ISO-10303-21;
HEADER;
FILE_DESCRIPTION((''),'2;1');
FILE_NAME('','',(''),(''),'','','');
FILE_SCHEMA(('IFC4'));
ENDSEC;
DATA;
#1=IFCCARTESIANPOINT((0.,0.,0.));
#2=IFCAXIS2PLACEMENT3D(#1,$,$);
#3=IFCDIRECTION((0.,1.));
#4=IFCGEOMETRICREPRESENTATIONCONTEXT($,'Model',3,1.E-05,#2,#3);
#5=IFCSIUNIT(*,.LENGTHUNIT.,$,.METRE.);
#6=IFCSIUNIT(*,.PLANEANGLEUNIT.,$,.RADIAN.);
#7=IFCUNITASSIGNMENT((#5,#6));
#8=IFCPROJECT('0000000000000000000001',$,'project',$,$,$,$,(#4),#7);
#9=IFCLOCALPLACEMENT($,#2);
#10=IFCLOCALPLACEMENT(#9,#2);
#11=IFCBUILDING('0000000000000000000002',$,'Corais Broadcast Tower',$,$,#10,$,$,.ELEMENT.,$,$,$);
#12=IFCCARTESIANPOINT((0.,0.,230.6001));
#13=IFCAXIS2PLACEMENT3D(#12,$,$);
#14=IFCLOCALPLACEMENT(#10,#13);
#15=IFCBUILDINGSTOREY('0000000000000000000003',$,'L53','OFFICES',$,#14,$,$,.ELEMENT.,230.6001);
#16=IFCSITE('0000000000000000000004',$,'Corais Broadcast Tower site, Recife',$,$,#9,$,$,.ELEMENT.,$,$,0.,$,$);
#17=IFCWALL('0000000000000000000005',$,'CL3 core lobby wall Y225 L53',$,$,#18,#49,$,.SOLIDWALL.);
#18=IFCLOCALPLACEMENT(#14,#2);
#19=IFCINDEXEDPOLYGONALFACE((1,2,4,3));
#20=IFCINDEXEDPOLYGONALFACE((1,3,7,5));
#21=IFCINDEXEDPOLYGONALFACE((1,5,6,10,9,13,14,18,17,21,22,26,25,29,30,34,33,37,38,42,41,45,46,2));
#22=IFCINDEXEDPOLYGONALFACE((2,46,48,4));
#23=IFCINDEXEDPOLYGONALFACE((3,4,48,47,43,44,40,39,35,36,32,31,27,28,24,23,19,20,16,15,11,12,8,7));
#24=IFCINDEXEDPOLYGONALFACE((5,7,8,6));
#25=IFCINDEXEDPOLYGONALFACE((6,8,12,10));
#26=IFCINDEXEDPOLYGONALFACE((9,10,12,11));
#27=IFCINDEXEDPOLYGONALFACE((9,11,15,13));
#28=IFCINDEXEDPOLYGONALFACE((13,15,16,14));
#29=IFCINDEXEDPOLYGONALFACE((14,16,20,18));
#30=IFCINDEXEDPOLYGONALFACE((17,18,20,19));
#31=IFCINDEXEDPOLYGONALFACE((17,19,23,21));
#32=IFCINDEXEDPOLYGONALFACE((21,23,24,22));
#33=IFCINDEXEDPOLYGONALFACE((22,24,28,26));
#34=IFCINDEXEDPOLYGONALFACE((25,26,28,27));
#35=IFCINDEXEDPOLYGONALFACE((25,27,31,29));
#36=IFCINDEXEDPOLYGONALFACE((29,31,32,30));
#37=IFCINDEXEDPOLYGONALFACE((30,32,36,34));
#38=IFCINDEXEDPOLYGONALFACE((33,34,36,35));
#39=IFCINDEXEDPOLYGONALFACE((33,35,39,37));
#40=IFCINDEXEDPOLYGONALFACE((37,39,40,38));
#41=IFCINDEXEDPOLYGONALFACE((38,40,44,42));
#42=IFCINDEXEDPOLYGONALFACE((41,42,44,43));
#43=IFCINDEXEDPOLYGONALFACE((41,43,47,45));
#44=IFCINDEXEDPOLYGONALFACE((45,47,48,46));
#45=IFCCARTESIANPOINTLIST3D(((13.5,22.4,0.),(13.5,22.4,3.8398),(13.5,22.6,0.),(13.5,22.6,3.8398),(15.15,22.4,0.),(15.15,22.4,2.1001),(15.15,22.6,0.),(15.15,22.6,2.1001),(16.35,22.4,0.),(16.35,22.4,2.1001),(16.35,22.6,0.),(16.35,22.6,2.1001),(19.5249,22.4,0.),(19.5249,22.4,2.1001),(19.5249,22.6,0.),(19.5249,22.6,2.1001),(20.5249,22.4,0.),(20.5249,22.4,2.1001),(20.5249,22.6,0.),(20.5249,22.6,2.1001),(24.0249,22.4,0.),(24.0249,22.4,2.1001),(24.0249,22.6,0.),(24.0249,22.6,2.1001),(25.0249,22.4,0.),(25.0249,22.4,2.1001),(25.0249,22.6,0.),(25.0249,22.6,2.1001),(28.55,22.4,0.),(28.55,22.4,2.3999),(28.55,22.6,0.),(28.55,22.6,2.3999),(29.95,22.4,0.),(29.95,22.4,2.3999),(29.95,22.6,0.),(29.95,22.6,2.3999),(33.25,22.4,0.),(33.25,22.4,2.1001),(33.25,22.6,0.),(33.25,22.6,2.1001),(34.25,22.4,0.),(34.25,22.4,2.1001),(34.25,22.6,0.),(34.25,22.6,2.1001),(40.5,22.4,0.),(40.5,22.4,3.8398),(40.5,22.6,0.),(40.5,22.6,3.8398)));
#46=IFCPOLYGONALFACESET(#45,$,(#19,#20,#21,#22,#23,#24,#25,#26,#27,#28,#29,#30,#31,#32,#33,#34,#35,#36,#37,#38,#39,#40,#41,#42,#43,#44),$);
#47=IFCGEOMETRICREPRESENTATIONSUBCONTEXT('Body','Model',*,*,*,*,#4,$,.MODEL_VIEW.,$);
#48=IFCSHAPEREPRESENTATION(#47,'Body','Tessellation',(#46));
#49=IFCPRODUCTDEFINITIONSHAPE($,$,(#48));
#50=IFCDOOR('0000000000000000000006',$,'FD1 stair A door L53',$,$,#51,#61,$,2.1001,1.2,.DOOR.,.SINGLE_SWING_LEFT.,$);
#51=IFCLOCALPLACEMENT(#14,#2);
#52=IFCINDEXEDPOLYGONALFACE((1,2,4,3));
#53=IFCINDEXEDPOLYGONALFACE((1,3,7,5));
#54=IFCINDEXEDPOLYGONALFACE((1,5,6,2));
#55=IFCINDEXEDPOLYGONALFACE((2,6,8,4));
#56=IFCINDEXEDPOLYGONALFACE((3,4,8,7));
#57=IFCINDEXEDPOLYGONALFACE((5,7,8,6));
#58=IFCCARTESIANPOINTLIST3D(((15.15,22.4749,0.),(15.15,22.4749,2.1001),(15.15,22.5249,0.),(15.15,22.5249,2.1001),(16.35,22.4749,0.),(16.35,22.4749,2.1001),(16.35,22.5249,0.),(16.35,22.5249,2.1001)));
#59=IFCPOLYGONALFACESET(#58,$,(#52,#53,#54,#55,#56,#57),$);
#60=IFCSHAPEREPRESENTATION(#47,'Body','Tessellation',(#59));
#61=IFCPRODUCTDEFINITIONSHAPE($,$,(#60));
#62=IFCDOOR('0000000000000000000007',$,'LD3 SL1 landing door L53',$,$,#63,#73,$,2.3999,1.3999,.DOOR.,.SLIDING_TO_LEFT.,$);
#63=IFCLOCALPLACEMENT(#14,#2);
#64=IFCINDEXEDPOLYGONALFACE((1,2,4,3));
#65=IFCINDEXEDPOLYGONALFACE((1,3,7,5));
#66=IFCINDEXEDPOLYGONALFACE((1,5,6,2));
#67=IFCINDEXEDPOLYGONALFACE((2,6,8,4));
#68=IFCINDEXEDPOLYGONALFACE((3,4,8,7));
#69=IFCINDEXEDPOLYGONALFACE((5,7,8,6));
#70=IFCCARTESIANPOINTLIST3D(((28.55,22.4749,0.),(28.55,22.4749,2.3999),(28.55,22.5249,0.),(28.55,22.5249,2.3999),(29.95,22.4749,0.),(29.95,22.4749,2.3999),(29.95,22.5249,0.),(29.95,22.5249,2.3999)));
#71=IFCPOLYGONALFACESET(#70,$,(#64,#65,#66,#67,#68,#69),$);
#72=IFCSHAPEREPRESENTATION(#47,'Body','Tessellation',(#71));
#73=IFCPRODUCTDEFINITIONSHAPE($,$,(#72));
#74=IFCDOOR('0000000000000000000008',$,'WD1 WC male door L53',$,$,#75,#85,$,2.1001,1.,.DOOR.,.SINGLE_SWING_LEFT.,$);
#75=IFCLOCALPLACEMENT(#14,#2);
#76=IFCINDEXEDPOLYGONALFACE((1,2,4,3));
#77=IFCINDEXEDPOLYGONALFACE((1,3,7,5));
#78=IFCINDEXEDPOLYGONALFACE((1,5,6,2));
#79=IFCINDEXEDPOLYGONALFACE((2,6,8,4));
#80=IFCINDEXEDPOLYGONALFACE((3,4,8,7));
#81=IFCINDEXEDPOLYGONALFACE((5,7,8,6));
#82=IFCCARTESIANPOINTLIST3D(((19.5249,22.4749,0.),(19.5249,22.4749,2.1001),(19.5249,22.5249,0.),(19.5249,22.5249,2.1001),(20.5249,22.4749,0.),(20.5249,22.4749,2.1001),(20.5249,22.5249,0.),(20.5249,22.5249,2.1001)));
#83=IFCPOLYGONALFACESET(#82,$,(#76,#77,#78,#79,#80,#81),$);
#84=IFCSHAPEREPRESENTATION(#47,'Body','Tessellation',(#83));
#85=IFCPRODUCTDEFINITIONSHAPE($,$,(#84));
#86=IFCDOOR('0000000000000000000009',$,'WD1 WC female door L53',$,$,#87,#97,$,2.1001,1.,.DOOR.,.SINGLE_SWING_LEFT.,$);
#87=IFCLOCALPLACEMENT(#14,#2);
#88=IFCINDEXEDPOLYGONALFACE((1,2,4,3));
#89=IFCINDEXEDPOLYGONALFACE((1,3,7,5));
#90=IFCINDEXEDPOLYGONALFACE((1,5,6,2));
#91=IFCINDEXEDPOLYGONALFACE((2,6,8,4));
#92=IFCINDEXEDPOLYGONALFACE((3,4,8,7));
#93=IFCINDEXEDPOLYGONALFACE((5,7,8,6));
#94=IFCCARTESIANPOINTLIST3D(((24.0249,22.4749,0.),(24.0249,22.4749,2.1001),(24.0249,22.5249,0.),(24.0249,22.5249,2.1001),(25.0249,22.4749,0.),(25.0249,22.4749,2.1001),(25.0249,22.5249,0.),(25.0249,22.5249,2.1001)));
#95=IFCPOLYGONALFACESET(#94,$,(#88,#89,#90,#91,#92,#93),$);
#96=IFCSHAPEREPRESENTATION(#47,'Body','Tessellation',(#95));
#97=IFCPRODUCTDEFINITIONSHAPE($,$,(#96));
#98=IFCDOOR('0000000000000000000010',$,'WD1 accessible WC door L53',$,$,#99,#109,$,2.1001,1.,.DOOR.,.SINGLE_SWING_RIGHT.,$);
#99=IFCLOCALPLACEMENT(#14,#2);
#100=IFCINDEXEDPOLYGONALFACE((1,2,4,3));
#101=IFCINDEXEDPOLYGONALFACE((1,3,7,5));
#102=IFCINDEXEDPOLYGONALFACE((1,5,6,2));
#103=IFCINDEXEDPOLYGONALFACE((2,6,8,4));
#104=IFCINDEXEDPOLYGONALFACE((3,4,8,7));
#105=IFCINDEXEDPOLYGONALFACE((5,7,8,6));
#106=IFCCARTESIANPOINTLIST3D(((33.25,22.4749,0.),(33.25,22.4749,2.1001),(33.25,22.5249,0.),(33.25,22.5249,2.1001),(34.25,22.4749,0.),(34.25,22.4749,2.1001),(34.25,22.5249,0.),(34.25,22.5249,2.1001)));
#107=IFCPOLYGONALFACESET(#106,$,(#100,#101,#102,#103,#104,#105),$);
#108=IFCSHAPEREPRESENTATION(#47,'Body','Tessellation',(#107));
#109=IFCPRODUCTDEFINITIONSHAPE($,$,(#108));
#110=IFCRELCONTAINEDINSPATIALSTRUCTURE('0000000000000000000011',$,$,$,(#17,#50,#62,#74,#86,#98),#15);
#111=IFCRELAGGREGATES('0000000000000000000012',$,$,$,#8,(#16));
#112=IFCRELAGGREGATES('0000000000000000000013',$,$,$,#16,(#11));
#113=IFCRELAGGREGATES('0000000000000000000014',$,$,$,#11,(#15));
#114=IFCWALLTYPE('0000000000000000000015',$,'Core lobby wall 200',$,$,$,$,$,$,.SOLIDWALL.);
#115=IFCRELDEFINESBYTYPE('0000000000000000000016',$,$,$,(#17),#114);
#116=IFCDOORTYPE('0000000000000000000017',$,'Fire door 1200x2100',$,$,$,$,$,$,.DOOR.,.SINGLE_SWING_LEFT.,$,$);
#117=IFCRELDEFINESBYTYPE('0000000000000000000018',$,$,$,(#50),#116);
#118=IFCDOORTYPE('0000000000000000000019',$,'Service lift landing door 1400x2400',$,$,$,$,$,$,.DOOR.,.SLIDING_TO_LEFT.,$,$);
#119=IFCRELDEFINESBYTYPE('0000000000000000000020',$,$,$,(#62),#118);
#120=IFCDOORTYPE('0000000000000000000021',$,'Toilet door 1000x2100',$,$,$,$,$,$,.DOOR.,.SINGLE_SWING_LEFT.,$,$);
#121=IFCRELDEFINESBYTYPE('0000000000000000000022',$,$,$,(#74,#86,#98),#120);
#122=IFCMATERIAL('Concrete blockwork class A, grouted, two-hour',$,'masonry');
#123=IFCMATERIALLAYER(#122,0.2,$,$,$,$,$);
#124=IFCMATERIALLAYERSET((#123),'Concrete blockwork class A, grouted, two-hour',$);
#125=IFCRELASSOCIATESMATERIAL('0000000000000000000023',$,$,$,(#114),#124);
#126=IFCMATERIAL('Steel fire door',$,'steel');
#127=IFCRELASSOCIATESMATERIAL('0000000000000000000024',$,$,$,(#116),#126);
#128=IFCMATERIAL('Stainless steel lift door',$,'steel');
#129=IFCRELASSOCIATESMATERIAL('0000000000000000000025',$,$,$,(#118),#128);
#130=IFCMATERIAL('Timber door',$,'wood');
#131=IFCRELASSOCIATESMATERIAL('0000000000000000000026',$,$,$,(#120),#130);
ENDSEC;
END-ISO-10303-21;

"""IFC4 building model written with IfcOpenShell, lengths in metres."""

from ifc_helpers import new_model, si_unit, direction, frame, frame_2d, origin, place, context, subcontext, project, spatial, rectangle, extrude, material, layer, layer_set, type_object, element, fill, save


model = new_model("IFC4")

# Units and contexts
model_context = context("Model", 3, precision=1e-05, world=origin(), true_north=direction((0.0, 1.0)))
body_context = subcontext(model_context, "Body", "Model", "MODEL_VIEW")
ifc_project = project(units=[si_unit("LENGTHUNIT", "METRE"), si_unit("PLANEANGLEUNIT", "RADIAN")], contexts=[model_context])

# Site, building, storey
site_placement = place(None, origin())
site = spatial("IfcSite", under=ifc_project, at=site_placement, Name="Corais Broadcast Tower site, Recife", CompositionType="ELEMENT", RefElevation=0.0)
building_placement = place(site_placement, origin())
building = spatial("IfcBuilding", under=site, at=building_placement, Name="Corais Broadcast Tower", CompositionType="ELEMENT")
storey_placement = place(building_placement, frame((0.0, 0.0, 230.6001)))
storey = spatial("IfcBuildingStorey", under=building, at=storey_placement, Name="L53", Description="OFFICES", CompositionType="ELEMENT", Elevation=230.6001)

# Wall, openings, doors
ifc_material_1 = material(Name="Concrete blockwork class A, grouted, two-hour", Category="masonry")
ifc_layer_1 = layer(ifc_material_1, 0.2)
ifc_layer_set_1 = layer_set([ifc_layer_1], Name="Concrete blockwork class A, grouted, two-hour")
wall_type_1 = type_object("IfcWallType", Name="Core lobby wall 200", PredefinedType="SOLIDWALL", material=ifc_layer_set_1)
wall_1_placement = place(storey_placement, frame((13.5, 22.5, 0.0), z_axis=(0.0, 0.0, 1.0), x_axis=(1.0, 0.0, 0.0)))
wall_1 = element("IfcWall", 1, at=wall_1_placement, inside=storey, type_object=wall_type_1, Name="CL3 core lobby wall Y225 L53", PredefinedType="SOLIDWALL", context=body_context, shape_type="SweptSolid", body=[
    extrude(rectangle(XDim=27.0, YDim=0.2, at=frame_2d((13.5, 0.0))), origin(), (0.0, 0.0, 1.0), 3.8398),
])
opening_1_placement = place(wall_1_placement, frame((1.6499, 0.0, 0.0)))
opening_1 = element("IfcOpeningElement", 2, at=opening_1_placement, cuts=wall_1, PredefinedType="OPENING", context=body_context, shape_type="SweptSolid", body=[
    extrude(rectangle(XDim=1.2, YDim=2.1001, at=frame_2d((0.6001, 1.05))), frame((0.0, 0.1099, 0.0), z_axis=(0.0, -1.0, 0.0), x_axis=(1.0, 0.0, 0.0)), (0.0, 0.0, 1.0), 0.22),
])
opening_2_placement = place(wall_1_placement, frame((6.0249, 0.0, 0.0)))
opening_2 = element("IfcOpeningElement", 3, at=opening_2_placement, cuts=wall_1, PredefinedType="OPENING", context=body_context, shape_type="SweptSolid", body=[
    extrude(rectangle(XDim=1.0, YDim=2.1001, at=frame_2d((0.5, 1.05))), frame((0.0, 0.1099, 0.0), z_axis=(0.0, -1.0, 0.0), x_axis=(1.0, 0.0, 0.0)), (0.0, 0.0, 1.0), 0.22),
])
opening_3_placement = place(wall_1_placement, frame((10.5249, 0.0, 0.0)))
opening_3 = element("IfcOpeningElement", 4, at=opening_3_placement, cuts=wall_1, PredefinedType="OPENING", context=body_context, shape_type="SweptSolid", body=[
    extrude(rectangle(XDim=1.0, YDim=2.1001, at=frame_2d((0.5, 1.05))), frame((0.0, 0.1099, 0.0), z_axis=(0.0, -1.0, 0.0), x_axis=(1.0, 0.0, 0.0)), (0.0, 0.0, 1.0), 0.22),
])
opening_4_placement = place(wall_1_placement, frame((19.75, 0.0, 0.0)))
opening_4 = element("IfcOpeningElement", 5, at=opening_4_placement, cuts=wall_1, PredefinedType="OPENING", context=body_context, shape_type="SweptSolid", body=[
    extrude(rectangle(XDim=1.0, YDim=2.1001, at=frame_2d((0.5, 1.05))), frame((0.0, 0.1099, 0.0), z_axis=(0.0, -1.0, 0.0), x_axis=(1.0, 0.0, 0.0)), (0.0, 0.0, 1.0), 0.22),
])
opening_5_placement = place(wall_1_placement, frame((15.05, 0.0, 0.0)))
opening_5 = element("IfcOpeningElement", 6, at=opening_5_placement, cuts=wall_1, PredefinedType="OPENING", context=body_context, shape_type="SweptSolid", body=[
    extrude(rectangle(XDim=1.3999, YDim=2.3999, at=frame_2d((0.7, 1.2))), frame((0.0, 0.1099, 0.0), z_axis=(0.0, -1.0, 0.0), x_axis=(1.0, 0.0, 0.0)), (0.0, 0.0, 1.0), 0.22),
])
ifc_material_2 = material(Name="Steel fire door", Category="steel")
door_type_1 = type_object("IfcDoorType", Name="Fire door 1200x2100", OperationType="SINGLE_SWING_LEFT", PredefinedType="DOOR", material=ifc_material_2)
door_1_placement = place(opening_1_placement, origin())
door_1 = element("IfcDoor", 7, at=door_1_placement, inside=storey, type_object=door_type_1, Name="FD1 stair A door L53", OperationType="SINGLE_SWING_LEFT", OverallHeight=2.1001, OverallWidth=1.2, PredefinedType="DOOR", context=body_context, shape_type="SweptSolid", body=[
    extrude(rectangle(XDim=1.2, YDim=2.1001, at=frame_2d((0.6001, 1.05))), frame((0.0, 0.0249, 0.0), z_axis=(0.0, -1.0, 0.0), x_axis=(1.0, 0.0, 0.0)), (0.0, 0.0, 1.0), 0.05),
])
fill(opening_1, door_1)
ifc_material_3 = material(Name="Stainless steel lift door", Category="steel")
door_type_2 = type_object("IfcDoorType", Name="Service lift landing door 1400x2400", OperationType="SLIDING_TO_LEFT", PredefinedType="DOOR", material=ifc_material_3)
door_2_placement = place(opening_5_placement, origin())
door_2 = element("IfcDoor", 8, at=door_2_placement, inside=storey, type_object=door_type_2, Name="LD3 SL1 landing door L53", OperationType="SLIDING_TO_LEFT", OverallHeight=2.3999, OverallWidth=1.3999, PredefinedType="DOOR", context=body_context, shape_type="SweptSolid", body=[
    extrude(rectangle(XDim=1.3999, YDim=2.3999, at=frame_2d((0.7, 1.2))), frame((0.0, 0.0249, 0.0), z_axis=(0.0, -1.0, 0.0), x_axis=(1.0, 0.0, 0.0)), (0.0, 0.0, 1.0), 0.05),
])
fill(opening_5, door_2)
ifc_material_4 = material(Name="Timber door", Category="wood")
door_type_3 = type_object("IfcDoorType", Name="Toilet door 1000x2100", OperationType="SINGLE_SWING_LEFT", PredefinedType="DOOR", material=ifc_material_4)
door_3_placement = place(opening_2_placement, origin())
door_3 = element("IfcDoor", 9, at=door_3_placement, inside=storey, type_object=door_type_3, Name="WD1 WC male door L53", OperationType="SINGLE_SWING_LEFT", OverallHeight=2.1001, OverallWidth=1.0, PredefinedType="DOOR", context=body_context, shape_type="SweptSolid", body=[
    extrude(rectangle(XDim=1.0, YDim=2.1001, at=frame_2d((0.5, 1.05))), frame((0.0, 0.0249, 0.0), z_axis=(0.0, -1.0, 0.0), x_axis=(1.0, 0.0, 0.0)), (0.0, 0.0, 1.0), 0.05),
])
fill(opening_2, door_3)
door_4_placement = place(opening_3_placement, origin())
door_4 = element("IfcDoor", 10, at=door_4_placement, inside=storey, type_object=door_type_3, Name="WD1 WC female door L53", OperationType="SINGLE_SWING_LEFT", OverallHeight=2.1001, OverallWidth=1.0, PredefinedType="DOOR", context=body_context, shape_type="SweptSolid", body=[
    extrude(rectangle(XDim=1.0, YDim=2.1001, at=frame_2d((0.5, 1.05))), frame((0.0, 0.0249, 0.0), z_axis=(0.0, -1.0, 0.0), x_axis=(1.0, 0.0, 0.0)), (0.0, 0.0, 1.0), 0.05),
])
fill(opening_3, door_4)
door_5_placement = place(opening_4_placement, origin())
door_5 = element("IfcDoor", 11, at=door_5_placement, inside=storey, type_object=door_type_3, Name="WD1 accessible WC door L53", OperationType="SINGLE_SWING_RIGHT", OverallHeight=2.1001, OverallWidth=1.0, PredefinedType="DOOR", context=body_context, shape_type="SweptSolid", body=[
    extrude(rectangle(XDim=1.0, YDim=2.1001, at=frame_2d((0.5, 1.05))), frame((0.0, 0.0249, 0.0), z_axis=(0.0, -1.0, 0.0), x_axis=(1.0, 0.0, 0.0)), (0.0, 0.0, 1.0), 0.05),
])
fill(opening_4, door_5)

save(model, "model.ifc")
